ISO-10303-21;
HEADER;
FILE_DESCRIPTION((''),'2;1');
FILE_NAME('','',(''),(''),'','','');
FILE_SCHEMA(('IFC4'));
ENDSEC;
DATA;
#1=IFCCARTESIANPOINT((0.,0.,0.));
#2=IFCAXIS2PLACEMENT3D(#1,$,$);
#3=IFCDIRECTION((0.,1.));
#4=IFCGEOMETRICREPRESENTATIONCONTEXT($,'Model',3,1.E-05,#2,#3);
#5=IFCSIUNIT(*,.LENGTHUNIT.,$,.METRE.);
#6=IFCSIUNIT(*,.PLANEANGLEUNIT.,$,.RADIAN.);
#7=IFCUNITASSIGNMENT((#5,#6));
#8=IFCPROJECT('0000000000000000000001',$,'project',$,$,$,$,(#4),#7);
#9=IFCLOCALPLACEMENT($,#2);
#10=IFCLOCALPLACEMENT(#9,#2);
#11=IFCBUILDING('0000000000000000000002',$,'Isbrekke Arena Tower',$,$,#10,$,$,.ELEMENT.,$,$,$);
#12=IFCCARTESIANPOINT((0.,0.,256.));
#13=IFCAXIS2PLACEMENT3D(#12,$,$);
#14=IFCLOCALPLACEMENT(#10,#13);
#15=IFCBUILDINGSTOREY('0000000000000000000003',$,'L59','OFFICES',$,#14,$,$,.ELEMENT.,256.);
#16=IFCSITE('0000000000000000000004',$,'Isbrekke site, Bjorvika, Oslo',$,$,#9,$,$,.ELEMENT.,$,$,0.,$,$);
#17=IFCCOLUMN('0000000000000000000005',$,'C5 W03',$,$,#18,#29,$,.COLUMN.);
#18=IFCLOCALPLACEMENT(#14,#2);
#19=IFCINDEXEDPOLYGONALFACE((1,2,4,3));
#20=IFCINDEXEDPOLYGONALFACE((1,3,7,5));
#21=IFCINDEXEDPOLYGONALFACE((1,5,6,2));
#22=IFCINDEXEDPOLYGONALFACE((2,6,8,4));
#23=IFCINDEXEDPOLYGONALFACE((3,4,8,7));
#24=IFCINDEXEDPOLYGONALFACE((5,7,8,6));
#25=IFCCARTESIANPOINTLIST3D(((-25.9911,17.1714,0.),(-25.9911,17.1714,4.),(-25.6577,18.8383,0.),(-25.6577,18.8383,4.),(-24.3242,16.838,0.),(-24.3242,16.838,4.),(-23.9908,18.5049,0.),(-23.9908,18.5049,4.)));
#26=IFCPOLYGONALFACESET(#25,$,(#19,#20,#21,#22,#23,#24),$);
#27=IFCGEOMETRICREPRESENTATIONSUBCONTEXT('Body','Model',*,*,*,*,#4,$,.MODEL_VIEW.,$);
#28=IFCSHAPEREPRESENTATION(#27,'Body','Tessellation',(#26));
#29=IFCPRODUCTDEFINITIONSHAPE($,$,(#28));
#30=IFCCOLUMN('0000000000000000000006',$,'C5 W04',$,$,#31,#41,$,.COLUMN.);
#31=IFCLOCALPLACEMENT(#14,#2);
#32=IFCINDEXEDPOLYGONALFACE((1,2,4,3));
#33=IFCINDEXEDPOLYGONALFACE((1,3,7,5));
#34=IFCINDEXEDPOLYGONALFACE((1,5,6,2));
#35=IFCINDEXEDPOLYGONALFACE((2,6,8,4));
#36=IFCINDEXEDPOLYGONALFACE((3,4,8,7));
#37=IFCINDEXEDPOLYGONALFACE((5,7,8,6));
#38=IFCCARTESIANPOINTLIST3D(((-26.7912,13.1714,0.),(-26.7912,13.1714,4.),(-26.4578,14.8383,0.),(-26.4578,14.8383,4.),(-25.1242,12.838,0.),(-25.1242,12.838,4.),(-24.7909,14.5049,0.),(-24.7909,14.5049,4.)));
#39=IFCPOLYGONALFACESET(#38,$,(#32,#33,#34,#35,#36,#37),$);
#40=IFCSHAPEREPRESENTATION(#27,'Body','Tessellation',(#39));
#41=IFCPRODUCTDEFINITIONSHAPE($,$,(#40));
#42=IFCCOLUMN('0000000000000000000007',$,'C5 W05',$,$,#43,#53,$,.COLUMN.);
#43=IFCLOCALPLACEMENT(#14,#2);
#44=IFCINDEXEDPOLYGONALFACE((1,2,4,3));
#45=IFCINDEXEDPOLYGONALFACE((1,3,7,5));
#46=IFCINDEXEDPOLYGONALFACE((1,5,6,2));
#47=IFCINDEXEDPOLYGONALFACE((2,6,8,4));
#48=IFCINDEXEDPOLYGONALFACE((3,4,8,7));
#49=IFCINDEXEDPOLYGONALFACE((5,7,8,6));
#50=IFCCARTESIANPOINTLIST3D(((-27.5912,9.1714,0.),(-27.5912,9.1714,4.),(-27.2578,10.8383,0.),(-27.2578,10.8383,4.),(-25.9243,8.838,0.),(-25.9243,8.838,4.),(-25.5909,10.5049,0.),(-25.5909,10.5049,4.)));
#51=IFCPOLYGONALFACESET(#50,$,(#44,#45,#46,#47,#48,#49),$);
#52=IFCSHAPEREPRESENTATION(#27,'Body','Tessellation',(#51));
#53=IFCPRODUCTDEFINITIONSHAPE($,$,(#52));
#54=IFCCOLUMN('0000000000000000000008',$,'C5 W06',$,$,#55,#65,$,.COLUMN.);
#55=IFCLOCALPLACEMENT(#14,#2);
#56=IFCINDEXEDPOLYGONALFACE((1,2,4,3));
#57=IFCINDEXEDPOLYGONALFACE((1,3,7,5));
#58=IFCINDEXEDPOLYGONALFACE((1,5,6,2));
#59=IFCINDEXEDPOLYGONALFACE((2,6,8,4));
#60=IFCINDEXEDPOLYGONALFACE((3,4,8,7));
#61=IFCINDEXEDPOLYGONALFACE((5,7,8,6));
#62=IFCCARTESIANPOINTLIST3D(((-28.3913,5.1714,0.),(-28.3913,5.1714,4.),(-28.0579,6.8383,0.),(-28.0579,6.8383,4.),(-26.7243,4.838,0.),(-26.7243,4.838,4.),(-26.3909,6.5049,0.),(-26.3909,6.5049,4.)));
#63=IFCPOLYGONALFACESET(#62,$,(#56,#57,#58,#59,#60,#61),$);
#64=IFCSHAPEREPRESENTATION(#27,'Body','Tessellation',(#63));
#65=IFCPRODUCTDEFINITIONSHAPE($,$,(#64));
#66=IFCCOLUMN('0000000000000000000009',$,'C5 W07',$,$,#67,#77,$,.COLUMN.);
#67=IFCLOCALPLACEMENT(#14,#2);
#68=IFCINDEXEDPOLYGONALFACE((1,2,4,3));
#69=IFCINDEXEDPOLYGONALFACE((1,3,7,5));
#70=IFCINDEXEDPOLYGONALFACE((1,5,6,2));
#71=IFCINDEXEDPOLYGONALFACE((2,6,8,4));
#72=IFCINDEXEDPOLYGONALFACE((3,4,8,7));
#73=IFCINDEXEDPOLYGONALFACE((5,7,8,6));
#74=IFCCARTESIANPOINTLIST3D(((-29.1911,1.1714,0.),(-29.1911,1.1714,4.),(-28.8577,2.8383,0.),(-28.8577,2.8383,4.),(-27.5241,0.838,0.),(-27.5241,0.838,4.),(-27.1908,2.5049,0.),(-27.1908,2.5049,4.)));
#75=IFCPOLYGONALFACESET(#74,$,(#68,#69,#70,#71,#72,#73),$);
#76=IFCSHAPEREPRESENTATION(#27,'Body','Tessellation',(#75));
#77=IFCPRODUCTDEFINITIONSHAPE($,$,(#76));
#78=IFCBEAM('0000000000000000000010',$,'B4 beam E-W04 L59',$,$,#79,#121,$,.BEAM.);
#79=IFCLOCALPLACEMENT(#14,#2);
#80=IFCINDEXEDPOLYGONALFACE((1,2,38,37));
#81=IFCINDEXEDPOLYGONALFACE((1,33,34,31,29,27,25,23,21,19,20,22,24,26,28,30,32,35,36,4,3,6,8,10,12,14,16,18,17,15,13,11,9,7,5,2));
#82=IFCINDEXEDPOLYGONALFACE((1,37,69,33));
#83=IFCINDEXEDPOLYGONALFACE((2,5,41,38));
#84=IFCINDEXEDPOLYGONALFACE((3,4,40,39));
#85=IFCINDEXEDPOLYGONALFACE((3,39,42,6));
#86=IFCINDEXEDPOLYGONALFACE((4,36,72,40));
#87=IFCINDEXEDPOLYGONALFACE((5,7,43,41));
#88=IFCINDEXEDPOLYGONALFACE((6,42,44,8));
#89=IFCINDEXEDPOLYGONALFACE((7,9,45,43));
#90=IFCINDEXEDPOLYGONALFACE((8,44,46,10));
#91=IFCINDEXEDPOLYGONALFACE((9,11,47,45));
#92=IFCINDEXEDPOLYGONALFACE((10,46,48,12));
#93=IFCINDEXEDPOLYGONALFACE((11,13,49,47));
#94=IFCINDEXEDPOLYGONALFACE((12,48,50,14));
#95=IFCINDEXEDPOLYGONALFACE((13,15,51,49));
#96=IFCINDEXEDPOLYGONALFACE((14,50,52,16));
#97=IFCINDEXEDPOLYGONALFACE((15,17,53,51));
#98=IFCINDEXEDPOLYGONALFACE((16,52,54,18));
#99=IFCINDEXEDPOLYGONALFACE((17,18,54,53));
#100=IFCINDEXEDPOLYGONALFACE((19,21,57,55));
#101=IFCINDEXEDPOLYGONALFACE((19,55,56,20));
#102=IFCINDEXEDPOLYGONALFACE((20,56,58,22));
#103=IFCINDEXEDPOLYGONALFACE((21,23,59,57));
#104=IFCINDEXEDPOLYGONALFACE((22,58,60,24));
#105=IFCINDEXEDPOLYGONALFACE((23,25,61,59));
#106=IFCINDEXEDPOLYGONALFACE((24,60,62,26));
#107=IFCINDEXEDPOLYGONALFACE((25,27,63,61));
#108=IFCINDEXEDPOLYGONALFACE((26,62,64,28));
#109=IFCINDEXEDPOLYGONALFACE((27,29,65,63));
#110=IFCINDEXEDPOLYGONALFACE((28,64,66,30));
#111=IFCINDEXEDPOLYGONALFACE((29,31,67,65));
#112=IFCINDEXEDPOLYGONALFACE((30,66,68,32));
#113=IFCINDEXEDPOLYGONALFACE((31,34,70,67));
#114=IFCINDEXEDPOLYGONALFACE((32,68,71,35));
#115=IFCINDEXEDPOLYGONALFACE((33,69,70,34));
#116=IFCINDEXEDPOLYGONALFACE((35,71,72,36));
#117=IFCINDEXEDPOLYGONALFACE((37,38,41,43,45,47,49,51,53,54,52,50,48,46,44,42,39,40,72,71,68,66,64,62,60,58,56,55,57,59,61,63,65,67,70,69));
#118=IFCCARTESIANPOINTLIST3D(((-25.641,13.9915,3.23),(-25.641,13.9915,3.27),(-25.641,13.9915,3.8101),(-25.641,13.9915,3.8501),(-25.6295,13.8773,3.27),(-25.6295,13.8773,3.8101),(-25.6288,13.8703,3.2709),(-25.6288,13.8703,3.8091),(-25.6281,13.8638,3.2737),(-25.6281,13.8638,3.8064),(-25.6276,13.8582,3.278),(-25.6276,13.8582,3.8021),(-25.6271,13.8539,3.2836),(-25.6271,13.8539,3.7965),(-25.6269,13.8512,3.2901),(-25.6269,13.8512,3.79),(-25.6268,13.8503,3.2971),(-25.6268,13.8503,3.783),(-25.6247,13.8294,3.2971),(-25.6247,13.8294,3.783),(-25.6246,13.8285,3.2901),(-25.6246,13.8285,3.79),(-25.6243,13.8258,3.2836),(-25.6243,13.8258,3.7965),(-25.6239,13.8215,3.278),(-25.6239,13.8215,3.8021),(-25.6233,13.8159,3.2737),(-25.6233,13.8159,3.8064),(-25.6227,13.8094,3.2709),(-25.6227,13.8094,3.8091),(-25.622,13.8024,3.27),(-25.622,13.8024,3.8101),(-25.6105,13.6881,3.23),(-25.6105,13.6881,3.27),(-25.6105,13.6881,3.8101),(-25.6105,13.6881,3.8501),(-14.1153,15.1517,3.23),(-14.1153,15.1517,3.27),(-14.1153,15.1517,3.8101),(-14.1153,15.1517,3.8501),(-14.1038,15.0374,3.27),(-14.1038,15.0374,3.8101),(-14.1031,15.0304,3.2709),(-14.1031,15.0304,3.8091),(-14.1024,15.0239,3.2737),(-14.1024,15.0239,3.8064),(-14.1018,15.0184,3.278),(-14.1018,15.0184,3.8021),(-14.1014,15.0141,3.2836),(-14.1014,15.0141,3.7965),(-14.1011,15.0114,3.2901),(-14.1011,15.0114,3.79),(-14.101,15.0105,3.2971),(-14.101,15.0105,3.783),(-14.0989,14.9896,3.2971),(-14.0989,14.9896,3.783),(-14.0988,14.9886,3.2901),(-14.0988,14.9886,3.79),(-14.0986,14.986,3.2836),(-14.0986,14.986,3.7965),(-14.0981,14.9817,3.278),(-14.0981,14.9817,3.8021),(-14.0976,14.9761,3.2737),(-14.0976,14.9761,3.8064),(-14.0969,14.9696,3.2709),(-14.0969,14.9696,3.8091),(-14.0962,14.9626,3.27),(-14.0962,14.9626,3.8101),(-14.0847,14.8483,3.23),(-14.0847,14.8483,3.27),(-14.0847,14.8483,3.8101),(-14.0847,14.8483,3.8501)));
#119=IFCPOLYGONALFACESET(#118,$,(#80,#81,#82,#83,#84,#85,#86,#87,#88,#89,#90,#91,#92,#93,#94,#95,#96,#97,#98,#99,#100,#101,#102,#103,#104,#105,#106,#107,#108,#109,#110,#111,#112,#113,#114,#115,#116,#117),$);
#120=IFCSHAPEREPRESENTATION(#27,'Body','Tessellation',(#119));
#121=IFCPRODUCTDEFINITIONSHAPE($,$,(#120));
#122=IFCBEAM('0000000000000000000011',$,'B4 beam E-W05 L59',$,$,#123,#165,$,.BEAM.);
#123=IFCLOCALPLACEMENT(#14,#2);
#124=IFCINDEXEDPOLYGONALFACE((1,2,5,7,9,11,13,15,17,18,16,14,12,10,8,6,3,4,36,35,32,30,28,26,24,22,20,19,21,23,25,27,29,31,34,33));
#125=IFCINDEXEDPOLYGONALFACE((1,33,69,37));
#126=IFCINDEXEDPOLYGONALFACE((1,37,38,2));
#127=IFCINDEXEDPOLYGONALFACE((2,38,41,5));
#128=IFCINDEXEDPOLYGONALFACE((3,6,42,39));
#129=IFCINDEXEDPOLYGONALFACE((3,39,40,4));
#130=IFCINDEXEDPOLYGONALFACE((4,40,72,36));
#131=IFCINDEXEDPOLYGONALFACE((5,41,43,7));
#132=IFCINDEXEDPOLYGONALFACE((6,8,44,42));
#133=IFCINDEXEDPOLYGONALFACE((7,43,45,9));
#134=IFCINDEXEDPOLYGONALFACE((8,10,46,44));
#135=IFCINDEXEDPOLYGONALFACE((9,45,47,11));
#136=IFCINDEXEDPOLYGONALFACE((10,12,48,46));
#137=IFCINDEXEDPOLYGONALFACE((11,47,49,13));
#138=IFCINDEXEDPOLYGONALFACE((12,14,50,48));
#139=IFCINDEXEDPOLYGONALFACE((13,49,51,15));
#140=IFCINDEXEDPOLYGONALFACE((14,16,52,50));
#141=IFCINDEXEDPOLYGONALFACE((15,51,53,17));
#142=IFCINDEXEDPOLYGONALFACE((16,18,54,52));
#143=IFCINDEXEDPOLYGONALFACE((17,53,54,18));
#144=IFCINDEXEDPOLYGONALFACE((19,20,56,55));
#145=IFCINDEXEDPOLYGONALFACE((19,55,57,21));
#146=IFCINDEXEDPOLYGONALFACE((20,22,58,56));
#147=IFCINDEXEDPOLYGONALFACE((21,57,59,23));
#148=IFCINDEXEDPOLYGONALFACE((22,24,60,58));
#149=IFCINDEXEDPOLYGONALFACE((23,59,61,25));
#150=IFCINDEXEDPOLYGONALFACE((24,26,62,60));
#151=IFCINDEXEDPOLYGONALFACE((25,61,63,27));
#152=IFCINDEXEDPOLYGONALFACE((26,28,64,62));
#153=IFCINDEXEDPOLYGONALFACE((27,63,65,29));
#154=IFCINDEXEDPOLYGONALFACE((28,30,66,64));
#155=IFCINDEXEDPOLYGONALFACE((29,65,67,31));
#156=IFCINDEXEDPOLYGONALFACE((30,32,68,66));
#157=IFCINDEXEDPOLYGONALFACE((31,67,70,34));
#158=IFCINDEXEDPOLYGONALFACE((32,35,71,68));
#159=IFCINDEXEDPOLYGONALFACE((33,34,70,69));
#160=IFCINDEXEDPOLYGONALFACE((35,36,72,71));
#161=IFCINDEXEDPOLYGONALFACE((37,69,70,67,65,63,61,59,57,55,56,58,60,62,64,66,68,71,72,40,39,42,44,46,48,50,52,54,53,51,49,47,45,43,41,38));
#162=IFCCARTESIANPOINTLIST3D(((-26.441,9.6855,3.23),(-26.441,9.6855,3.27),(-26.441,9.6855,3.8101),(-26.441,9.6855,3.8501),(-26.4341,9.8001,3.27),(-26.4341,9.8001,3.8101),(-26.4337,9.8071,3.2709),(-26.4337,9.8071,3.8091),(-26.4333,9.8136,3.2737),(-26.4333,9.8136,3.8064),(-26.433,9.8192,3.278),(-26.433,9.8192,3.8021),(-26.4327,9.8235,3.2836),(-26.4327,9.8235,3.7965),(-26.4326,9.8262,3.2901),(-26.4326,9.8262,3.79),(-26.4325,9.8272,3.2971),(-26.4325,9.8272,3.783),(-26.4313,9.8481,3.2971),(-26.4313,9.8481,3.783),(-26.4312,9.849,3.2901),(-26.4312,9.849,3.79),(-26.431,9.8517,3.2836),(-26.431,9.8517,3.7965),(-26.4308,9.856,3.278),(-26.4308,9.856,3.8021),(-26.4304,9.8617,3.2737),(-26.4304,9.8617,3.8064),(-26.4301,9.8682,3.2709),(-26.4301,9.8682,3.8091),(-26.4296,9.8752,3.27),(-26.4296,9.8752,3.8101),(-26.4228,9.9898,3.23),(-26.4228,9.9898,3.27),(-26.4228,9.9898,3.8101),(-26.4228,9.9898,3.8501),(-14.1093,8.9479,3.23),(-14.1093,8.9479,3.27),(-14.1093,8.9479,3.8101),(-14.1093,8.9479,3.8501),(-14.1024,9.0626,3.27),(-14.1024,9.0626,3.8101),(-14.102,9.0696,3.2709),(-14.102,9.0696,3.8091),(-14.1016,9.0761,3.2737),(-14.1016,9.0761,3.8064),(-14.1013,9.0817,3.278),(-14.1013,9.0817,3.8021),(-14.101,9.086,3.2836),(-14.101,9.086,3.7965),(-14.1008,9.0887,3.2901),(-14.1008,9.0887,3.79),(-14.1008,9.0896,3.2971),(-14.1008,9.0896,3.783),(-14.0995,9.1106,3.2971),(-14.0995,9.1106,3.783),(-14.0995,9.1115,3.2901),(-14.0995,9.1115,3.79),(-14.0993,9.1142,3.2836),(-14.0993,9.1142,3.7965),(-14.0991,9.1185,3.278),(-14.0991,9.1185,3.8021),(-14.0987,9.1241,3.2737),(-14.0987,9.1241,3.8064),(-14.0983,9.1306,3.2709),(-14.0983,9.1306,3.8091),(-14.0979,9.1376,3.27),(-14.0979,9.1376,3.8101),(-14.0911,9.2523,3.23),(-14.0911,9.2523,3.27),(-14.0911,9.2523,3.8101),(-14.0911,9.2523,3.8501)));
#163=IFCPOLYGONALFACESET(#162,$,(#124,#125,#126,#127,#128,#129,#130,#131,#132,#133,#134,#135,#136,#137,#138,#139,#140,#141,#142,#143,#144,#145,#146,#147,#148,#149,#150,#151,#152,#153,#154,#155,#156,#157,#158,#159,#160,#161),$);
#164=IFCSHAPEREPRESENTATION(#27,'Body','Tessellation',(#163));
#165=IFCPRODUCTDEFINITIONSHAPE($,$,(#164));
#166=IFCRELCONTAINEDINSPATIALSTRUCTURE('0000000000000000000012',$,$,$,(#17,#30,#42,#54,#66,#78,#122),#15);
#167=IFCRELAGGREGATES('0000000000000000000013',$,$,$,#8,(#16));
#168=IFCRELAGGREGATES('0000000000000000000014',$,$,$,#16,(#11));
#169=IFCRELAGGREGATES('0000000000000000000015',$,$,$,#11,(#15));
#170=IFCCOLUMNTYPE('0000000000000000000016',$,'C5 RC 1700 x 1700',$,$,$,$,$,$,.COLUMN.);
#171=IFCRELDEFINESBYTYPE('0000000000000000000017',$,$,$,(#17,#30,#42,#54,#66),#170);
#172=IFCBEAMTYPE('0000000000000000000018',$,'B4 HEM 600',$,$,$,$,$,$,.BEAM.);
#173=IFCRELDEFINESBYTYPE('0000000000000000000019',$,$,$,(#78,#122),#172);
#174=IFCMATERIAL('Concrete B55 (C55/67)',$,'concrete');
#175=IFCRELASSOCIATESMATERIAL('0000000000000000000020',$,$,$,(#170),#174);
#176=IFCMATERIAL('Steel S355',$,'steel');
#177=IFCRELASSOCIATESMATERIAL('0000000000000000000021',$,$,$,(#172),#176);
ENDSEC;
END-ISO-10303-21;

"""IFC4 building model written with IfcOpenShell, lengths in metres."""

from ifc_helpers import new_model, si_unit, direction, frame, origin, origin_2d, place, context, subcontext, project, spatial, rectangle, i_section, extrude, material, material_profile, profile_set, type_object, element, save


model = new_model("IFC4")

# Units and contexts
model_context = context("Model", 3, precision=1e-05, world=origin(), true_north=direction((0.0, 1.0)))
body_context = subcontext(model_context, "Body", "Model", "MODEL_VIEW")
ifc_project = project(units=[si_unit("LENGTHUNIT", "METRE"), si_unit("PLANEANGLEUNIT", "RADIAN")], contexts=[model_context])

# Site, building, storey
site_placement = place(None, origin())
site = spatial("IfcSite", under=ifc_project, at=site_placement, Name="Isbrekke site, Bjorvika, Oslo", CompositionType="ELEMENT", RefElevation=0.0)
building_placement = place(site_placement, origin())
building = spatial("IfcBuilding", under=site, at=building_placement, Name="Isbrekke Arena Tower", CompositionType="ELEMENT")
storey_placement = place(building_placement, frame((0.0, 0.0, 256.0)))
storey = spatial("IfcBuildingStorey", under=building, at=storey_placement, Name="L59", Description="OFFICES", CompositionType="ELEMENT", Elevation=256.0)

# Columns
ifc_material_1 = material(Name="Concrete B55 (C55/67)", Category="concrete")
ifc_material_profile_1 = material_profile(ifc_material_1, rectangle(XDim=1.7, YDim=1.7, at=origin_2d()), Name="RC 1700x1700")
ifc_profile_set_1 = profile_set([ifc_material_profile_1], Name="Concrete B55 (C55/67)")
column_type = type_object("IfcColumnType", Name="C5 RC 1700 x 1700", PredefinedType="COLUMN", material=ifc_profile_set_1)
for number, where, z_axis, x_axis, name in (
    (1, (-24.991, 17.8381, 0.0), (0.0, 0.0, 1.0), (-0.196116, -0.980581, 0.0), "C5 W03"),
    (2, (-25.791, 13.8381, 0.0), (0.0, 0.0, 1.0), (-0.196116, -0.980581, 0.0), "C5 W04"),
    (3, (-26.5911, 9.8381, 0.0), (0.0, 0.0, 1.0), (-0.196116, -0.980581, 0.0), "C5 W05"),
    (4, (-27.3911, 5.8381, 0.0), (0.0, 0.0, 1.0), (-0.196116, -0.980581, 0.0), "C5 W06"),
    (5, (-28.1909, 1.8381, 0.0), (0.0, 0.0, 1.0), (-0.196116, -0.980581, 0.0), "C5 W07"),
):
    element("IfcColumn", number, at=place(storey_placement, frame(where, z_axis=z_axis, x_axis=x_axis)), inside=storey, type_object=column_type, Name=name, PredefinedType="COLUMN", context=body_context, shape_type="SweptSolid", body=[
        extrude(rectangle(XDim=1.7, YDim=1.7, at=origin_2d()), origin(), (0.0, 0.0, 1.0), 4.0),
    ])

# Beams
ifc_material_2 = material(Name="Steel S355", Category="steel")
ifc_material_profile_2 = material_profile(ifc_material_2, i_section(OverallWidth=0.3049, OverallDepth=0.6201, WebThickness=0.021, FlangeThickness=0.04, FilletRadius=0.0271, at=origin_2d()), Name="HEM 600")
ifc_profile_set_2 = profile_set([ifc_material_profile_2], Name="Steel S355")
beam_type_1 = type_object("IfcBeamType", Name="B4 HEM 600", PredefinedType="BEAM", material=ifc_profile_set_2)
beam_1_placement = place(storey_placement, frame((-25.6257, 13.8398, 3.54), z_axis=(0.994972, 0.100153, 0.0), x_axis=(-0.100153, 0.994972, 0.0)))
element("IfcBeam", 6, at=beam_1_placement, inside=storey, type_object=beam_type_1, Name="B4 beam E-W04 L59", PredefinedType="BEAM", context=body_context, shape_type="SweptSolid", body=[
    extrude(i_section(OverallWidth=0.3049, OverallDepth=0.6201, WebThickness=0.021, FlangeThickness=0.04, FilletRadius=0.0271, at=origin_2d()), origin(), (0.0, 0.0, 1.0), 11.584),
])
beam_2_placement = place(storey_placement, frame((-26.4319, 9.8376, 3.54), z_axis=(0.998216, -0.059702, 0.0), x_axis=(0.059702, 0.998216, 0.0)))
element("IfcBeam", 7, at=beam_2_placement, inside=storey, type_object=beam_type_1, Name="B4 beam E-W05 L59", PredefinedType="BEAM", context=body_context, shape_type="SweptSolid", body=[
    extrude(i_section(OverallWidth=0.3049, OverallDepth=0.6201, WebThickness=0.021, FlangeThickness=0.04, FilletRadius=0.0271, at=origin_2d()), origin(), (0.0, 0.0, 1.0), 12.3538),
])

save(model, "model.ifc")
